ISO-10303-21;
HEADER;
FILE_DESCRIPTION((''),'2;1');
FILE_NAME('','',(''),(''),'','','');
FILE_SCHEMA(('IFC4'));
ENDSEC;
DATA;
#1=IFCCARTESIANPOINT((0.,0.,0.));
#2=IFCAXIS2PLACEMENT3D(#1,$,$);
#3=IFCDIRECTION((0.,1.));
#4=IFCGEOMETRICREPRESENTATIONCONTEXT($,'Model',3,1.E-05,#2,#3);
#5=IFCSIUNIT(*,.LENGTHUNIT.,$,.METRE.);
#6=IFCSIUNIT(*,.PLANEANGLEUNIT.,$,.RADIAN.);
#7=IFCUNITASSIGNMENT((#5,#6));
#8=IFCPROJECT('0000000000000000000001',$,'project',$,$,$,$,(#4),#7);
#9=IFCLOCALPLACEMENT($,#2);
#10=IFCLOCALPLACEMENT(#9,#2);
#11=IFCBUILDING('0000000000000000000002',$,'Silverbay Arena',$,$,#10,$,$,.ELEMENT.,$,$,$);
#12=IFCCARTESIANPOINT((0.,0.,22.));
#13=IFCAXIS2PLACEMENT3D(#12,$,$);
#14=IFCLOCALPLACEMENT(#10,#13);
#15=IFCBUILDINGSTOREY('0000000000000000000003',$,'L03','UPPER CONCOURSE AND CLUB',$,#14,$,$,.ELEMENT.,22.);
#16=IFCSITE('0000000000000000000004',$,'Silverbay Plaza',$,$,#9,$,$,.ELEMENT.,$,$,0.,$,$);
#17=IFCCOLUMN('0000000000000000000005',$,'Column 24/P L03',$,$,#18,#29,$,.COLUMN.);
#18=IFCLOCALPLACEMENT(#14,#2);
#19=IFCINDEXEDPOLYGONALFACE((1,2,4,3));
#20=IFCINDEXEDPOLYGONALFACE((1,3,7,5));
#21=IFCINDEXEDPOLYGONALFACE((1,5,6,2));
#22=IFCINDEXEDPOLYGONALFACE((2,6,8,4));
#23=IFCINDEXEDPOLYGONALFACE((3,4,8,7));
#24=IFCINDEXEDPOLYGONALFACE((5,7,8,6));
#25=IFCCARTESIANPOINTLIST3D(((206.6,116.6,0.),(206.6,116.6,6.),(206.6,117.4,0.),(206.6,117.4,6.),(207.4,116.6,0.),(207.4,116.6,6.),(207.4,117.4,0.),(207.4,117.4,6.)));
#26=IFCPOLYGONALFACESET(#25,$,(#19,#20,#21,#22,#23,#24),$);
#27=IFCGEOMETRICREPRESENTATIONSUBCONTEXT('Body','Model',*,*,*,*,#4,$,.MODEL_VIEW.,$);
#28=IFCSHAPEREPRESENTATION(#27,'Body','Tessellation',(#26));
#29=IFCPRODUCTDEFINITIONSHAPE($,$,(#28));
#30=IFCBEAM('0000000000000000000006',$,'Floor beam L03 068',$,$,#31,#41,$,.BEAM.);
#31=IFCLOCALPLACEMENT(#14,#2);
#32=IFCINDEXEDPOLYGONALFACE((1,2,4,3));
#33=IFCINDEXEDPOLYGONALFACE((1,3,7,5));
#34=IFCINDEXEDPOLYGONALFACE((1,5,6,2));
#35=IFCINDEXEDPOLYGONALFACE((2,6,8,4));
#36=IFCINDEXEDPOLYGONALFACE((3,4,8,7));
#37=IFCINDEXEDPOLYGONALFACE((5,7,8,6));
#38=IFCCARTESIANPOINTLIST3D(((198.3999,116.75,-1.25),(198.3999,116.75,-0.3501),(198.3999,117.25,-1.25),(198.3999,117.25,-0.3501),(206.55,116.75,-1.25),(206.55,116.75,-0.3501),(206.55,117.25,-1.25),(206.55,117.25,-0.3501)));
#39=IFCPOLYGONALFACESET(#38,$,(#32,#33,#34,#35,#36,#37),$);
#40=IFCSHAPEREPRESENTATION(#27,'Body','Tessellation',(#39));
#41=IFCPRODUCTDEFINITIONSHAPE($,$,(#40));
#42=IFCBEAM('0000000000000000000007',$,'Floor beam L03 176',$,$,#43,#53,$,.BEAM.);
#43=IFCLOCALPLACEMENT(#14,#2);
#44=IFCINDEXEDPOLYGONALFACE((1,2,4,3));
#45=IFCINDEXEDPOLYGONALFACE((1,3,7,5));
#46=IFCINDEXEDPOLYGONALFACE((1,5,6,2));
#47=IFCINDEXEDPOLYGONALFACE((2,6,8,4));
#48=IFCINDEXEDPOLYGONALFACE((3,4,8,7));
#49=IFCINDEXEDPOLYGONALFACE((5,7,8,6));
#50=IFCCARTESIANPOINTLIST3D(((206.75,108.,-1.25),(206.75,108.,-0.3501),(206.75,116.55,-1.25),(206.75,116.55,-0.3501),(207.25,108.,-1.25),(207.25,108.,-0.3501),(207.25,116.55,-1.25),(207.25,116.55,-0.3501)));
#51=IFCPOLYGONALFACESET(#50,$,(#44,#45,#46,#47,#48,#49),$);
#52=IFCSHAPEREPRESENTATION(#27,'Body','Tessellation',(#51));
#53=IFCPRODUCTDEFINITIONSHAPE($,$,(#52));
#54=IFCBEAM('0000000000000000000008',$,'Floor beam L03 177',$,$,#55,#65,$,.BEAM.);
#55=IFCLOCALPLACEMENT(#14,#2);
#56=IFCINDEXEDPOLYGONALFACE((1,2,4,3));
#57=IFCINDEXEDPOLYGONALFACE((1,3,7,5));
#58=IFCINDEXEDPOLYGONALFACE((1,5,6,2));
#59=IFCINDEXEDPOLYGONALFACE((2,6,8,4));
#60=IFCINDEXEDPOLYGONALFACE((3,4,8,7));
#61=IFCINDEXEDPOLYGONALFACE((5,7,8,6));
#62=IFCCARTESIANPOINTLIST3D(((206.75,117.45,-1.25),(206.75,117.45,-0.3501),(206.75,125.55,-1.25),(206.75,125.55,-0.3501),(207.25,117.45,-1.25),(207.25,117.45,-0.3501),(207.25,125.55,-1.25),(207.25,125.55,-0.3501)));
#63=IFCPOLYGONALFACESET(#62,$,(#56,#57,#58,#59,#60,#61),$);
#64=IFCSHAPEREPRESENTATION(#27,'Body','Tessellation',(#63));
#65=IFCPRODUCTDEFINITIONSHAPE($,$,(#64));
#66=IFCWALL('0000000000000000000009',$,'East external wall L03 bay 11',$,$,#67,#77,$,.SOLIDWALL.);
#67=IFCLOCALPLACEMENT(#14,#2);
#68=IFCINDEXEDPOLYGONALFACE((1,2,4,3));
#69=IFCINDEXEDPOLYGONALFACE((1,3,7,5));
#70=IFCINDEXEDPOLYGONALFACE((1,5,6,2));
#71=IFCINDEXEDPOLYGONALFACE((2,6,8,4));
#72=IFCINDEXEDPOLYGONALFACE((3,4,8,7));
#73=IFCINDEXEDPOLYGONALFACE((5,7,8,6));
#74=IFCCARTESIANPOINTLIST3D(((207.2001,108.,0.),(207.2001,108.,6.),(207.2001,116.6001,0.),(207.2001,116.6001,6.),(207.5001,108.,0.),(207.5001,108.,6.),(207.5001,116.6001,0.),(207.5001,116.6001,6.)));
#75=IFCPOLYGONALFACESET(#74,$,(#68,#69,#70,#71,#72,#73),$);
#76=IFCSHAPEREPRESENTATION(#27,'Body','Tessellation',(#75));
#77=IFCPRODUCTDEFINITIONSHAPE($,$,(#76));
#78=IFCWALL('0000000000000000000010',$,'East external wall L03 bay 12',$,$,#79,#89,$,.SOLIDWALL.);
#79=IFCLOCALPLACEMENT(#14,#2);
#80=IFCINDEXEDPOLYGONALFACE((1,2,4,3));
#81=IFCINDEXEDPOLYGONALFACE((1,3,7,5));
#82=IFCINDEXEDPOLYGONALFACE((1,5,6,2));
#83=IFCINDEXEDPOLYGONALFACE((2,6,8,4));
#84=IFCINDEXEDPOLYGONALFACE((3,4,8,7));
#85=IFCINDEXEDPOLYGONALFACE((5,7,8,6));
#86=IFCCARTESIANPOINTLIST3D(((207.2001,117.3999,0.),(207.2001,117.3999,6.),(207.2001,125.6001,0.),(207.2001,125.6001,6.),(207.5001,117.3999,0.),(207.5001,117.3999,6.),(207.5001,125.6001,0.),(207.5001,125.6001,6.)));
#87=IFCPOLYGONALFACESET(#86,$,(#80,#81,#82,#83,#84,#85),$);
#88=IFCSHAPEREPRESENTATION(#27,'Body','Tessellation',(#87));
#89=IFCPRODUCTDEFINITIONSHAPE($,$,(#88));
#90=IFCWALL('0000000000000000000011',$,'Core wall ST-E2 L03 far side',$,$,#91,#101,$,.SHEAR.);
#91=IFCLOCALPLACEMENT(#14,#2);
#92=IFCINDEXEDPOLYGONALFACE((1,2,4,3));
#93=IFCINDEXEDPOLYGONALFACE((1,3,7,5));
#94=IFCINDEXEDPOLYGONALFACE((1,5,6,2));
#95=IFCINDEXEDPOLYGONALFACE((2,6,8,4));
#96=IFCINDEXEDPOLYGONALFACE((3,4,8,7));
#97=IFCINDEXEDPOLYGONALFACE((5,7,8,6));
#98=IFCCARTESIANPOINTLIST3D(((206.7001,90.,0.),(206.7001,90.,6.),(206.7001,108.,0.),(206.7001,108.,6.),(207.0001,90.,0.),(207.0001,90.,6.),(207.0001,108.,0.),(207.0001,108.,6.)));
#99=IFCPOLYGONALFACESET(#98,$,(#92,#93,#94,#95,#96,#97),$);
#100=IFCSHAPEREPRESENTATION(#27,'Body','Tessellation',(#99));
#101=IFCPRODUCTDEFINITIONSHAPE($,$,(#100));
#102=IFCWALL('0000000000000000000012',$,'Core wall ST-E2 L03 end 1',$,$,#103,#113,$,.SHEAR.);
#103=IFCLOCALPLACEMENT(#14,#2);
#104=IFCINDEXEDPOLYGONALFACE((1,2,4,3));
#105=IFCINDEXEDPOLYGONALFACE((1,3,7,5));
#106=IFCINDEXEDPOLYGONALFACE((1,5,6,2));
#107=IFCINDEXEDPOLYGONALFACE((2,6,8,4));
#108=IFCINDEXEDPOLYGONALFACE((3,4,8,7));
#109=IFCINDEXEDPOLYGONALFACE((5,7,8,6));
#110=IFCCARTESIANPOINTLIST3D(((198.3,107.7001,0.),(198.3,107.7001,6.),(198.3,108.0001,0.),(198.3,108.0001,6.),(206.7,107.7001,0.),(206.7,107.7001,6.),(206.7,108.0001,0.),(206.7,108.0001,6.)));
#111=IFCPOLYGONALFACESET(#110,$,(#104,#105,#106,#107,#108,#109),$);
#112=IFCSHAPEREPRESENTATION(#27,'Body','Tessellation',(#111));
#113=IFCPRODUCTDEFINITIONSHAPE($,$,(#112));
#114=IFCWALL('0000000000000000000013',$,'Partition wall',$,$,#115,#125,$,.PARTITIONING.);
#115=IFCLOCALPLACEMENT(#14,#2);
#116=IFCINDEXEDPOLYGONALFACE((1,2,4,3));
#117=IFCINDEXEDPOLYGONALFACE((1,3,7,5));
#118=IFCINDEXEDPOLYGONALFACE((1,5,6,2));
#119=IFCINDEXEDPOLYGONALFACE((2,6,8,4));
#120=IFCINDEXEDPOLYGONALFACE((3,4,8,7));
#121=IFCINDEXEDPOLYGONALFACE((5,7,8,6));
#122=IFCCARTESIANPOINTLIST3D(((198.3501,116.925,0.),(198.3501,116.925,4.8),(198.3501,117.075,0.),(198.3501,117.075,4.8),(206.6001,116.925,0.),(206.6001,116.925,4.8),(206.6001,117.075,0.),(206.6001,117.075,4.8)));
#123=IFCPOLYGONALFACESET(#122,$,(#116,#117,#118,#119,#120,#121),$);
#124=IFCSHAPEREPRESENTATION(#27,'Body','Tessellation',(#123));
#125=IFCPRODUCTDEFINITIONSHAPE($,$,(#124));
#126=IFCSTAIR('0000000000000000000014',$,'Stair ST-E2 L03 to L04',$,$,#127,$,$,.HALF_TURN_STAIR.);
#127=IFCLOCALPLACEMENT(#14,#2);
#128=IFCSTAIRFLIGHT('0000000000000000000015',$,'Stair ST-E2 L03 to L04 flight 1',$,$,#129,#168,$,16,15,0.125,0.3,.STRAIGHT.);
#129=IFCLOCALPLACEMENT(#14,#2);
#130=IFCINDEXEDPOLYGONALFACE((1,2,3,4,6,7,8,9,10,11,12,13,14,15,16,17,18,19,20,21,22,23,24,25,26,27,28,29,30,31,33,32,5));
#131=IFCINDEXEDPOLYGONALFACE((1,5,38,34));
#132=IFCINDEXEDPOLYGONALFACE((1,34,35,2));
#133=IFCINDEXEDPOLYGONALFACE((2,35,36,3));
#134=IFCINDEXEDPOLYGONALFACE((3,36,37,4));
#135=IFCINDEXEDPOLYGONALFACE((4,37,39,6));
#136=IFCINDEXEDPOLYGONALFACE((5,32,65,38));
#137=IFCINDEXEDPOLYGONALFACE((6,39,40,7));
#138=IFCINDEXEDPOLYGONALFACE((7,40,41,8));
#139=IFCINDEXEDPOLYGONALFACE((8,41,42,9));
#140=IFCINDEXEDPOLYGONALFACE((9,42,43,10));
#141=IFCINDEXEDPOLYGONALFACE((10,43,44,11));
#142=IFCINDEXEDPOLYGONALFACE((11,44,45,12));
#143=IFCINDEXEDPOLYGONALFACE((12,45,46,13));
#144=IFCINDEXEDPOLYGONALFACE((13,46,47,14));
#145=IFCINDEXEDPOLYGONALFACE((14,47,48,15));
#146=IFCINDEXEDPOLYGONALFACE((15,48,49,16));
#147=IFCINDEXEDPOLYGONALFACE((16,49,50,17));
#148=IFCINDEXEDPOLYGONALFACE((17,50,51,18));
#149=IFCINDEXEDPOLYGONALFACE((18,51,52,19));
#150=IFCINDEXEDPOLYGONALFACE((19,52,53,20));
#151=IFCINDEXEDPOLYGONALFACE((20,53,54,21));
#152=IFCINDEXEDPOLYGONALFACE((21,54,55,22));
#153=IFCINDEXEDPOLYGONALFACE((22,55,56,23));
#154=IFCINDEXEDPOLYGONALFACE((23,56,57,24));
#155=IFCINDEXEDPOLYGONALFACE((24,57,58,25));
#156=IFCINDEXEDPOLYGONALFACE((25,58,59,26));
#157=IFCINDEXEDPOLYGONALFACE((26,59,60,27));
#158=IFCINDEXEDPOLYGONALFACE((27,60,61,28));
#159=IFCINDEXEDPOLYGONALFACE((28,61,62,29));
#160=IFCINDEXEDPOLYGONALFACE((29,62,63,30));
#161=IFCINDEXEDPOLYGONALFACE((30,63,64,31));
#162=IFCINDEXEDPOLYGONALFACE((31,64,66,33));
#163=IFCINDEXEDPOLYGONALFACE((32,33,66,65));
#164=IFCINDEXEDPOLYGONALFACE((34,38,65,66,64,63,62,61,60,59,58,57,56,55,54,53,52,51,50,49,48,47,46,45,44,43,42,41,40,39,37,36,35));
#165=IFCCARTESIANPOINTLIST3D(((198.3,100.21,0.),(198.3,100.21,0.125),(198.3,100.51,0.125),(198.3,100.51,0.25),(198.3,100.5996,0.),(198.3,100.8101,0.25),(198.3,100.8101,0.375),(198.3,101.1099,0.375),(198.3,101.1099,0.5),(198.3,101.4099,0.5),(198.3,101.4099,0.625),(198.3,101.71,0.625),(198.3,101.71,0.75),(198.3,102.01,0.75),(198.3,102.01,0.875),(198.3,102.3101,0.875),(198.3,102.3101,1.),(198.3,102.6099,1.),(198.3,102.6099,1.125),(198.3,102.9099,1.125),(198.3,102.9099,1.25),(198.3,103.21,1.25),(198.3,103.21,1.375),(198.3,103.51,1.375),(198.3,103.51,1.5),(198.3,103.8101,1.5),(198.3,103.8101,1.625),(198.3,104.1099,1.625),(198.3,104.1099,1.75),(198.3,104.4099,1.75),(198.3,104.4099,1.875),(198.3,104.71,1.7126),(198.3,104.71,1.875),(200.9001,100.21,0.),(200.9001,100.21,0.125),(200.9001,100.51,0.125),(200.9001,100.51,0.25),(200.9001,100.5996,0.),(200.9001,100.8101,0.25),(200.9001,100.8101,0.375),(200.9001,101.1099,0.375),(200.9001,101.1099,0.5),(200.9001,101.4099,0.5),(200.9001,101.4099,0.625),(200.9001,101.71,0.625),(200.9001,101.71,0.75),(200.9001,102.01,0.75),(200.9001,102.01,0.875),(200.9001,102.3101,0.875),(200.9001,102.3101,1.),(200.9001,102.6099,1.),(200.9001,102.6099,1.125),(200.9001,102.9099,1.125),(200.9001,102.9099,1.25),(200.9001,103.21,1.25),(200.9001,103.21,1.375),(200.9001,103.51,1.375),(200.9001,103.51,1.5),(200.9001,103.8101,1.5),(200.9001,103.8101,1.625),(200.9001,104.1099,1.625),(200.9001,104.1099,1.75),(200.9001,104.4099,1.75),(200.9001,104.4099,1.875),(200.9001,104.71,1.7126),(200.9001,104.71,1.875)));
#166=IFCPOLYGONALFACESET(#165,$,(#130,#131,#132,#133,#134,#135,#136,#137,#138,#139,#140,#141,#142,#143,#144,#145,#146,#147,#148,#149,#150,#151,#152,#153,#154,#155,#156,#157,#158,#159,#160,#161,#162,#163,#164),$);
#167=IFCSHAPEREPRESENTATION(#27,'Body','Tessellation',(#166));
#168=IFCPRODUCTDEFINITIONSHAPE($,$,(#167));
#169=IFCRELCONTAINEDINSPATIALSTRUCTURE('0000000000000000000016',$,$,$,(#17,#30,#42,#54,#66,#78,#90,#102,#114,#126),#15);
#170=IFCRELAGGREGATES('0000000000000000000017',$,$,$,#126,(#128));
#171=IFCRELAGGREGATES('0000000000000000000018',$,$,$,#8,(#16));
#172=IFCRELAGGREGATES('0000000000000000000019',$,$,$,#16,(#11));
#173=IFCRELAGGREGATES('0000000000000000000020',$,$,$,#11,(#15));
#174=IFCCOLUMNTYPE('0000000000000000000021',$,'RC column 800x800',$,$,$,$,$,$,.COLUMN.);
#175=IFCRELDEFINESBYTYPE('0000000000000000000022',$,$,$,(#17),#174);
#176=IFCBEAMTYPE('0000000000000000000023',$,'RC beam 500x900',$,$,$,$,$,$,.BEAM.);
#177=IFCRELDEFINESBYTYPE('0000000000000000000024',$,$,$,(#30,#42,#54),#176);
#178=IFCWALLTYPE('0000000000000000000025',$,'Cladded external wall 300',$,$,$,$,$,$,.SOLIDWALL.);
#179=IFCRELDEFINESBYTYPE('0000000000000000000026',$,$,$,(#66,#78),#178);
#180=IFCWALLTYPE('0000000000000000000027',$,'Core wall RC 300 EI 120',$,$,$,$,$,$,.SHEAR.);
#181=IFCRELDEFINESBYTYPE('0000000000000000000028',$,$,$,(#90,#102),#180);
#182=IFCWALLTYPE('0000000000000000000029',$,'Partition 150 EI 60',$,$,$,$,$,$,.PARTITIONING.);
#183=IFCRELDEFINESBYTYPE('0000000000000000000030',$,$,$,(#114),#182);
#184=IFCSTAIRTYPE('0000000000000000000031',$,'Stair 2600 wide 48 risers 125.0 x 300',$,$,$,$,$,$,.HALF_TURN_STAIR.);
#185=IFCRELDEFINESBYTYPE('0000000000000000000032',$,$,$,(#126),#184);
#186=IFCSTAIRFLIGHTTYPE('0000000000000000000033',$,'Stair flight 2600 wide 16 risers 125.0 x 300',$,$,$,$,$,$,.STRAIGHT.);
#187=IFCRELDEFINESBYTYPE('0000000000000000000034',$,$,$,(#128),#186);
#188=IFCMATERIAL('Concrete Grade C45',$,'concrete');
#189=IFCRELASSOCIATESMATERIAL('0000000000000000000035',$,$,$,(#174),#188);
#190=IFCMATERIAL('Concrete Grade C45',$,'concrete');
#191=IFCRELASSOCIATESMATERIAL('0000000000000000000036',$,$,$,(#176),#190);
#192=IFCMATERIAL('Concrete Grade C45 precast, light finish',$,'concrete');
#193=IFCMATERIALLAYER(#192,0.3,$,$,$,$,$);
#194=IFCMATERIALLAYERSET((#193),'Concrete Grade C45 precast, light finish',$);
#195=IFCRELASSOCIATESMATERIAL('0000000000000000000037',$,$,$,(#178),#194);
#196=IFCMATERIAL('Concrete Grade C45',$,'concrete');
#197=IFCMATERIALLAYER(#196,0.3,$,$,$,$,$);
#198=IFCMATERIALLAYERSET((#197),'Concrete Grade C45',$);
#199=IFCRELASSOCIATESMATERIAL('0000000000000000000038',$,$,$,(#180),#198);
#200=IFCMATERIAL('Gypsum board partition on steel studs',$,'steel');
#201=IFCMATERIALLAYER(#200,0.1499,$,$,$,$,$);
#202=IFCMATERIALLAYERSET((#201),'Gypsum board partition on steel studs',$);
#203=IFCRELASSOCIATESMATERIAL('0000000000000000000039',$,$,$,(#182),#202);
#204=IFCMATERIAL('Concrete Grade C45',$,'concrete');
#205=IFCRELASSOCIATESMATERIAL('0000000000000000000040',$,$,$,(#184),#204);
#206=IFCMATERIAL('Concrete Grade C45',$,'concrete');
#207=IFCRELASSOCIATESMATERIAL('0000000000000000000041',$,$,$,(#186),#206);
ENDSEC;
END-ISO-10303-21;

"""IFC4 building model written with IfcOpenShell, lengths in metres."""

from ifc_helpers import new_model, si_unit, direction, frame, frame_2d, origin, origin_2d, place, context, subcontext, project, spatial, polyline, rectangle, outline, extrude, material, layer, layer_set, material_profile, profile_set, type_object, element, aggregate, save


model = new_model("IFC4")

# Units and contexts
model_context = context("Model", 3, precision=1e-05, world=origin(), true_north=direction((0.0, 1.0)))
body_context = subcontext(model_context, "Body", "Model", "MODEL_VIEW")
ifc_project = project(units=[si_unit("LENGTHUNIT", "METRE"), si_unit("PLANEANGLEUNIT", "RADIAN")], contexts=[model_context])

# Site, building, storey
site_placement = place(None, origin())
site = spatial("IfcSite", under=ifc_project, at=site_placement, Name="Silverbay Plaza", CompositionType="ELEMENT", RefElevation=0.0)
building_placement = place(site_placement, origin())
building = spatial("IfcBuilding", under=site, at=building_placement, Name="Silverbay Arena", CompositionType="ELEMENT")
storey_placement = place(building_placement, frame((0.0, 0.0, 22.0)))
storey = spatial("IfcBuildingStorey", under=building, at=storey_placement, Name="L03", Description="UPPER CONCOURSE AND CLUB", CompositionType="ELEMENT", Elevation=22.0)

# Column
ifc_material_1 = material(Name="Concrete Grade C45", Category="concrete")
ifc_material_profile_1 = material_profile(ifc_material_1, rectangle(XDim=0.8, YDim=0.8, at=origin_2d()), Name="RC 800x800")
ifc_profile_set_1 = profile_set([ifc_material_profile_1], Name="Concrete Grade C45")
column_type = type_object("IfcColumnType", Name="RC column 800x800", PredefinedType="COLUMN", material=ifc_profile_set_1)
column_placement = place(storey_placement, frame((207.0, 117.0, 0.0), z_axis=(0.0, 0.0, 1.0), x_axis=(1.0, 0.0, 0.0)))
element("IfcColumn", 1, at=column_placement, inside=storey, type_object=column_type, Name="Column 24/P L03", PredefinedType="COLUMN", context=body_context, shape_type="SweptSolid", body=[
    extrude(rectangle(XDim=0.8, YDim=0.8, at=origin_2d()), origin(), (0.0, 0.0, 1.0), 6.0),
])

# Beams
ifc_material_2 = material(Name="Concrete Grade C45", Category="concrete")
ifc_material_profile_2 = material_profile(ifc_material_2, rectangle(XDim=0.5, YDim=0.8999, at=origin_2d()), Name="RC 500x900")
ifc_profile_set_2 = profile_set([ifc_material_profile_2], Name="Concrete Grade C45")
beam_type = type_object("IfcBeamType", Name="RC beam 500x900", PredefinedType="BEAM", material=ifc_profile_set_2)
beam_1_placement = place(storey_placement, frame((198.3999, 117.0, -0.8), z_axis=(1.0, 0.0, 0.0), x_axis=(0.0, 1.0, 0.0)))
element("IfcBeam", 2, at=beam_1_placement, inside=storey, type_object=beam_type, Name="Floor beam L03 068", PredefinedType="BEAM", context=body_context, shape_type="SweptSolid", body=[
    extrude(rectangle(XDim=0.5, YDim=0.8999, at=origin_2d()), origin(), (0.0, 0.0, 1.0), 8.1501),
])
beam_2_placement = place(storey_placement, frame((207.0, 108.0, -0.8), z_axis=(0.0, 1.0, 0.0), x_axis=(-1.0, 0.0, 0.0)))
element("IfcBeam", 3, at=beam_2_placement, inside=storey, type_object=beam_type, Name="Floor beam L03 176", PredefinedType="BEAM", context=body_context, shape_type="SweptSolid", body=[
    extrude(rectangle(XDim=0.5, YDim=0.8999, at=origin_2d()), origin(), (0.0, 0.0, 1.0), 8.55),
])
beam_3_placement = place(storey_placement, frame((207.0, 117.45, -0.8), z_axis=(0.0, 1.0, 0.0), x_axis=(-1.0, 0.0, 0.0)))
element("IfcBeam", 4, at=beam_3_placement, inside=storey, type_object=beam_type, Name="Floor beam L03 177", PredefinedType="BEAM", context=body_context, shape_type="SweptSolid", body=[
    extrude(rectangle(XDim=0.5, YDim=0.8999, at=origin_2d()), origin(), (0.0, 0.0, 1.0), 8.1001),
])

# Walls
ifc_material_3 = material(Name="Concrete Grade C45 precast, light finish", Category="concrete")
ifc_layer_1 = layer(ifc_material_3, 0.3)
ifc_layer_set_1 = layer_set([ifc_layer_1], Name="Concrete Grade C45 precast, light finish")
wall_type_1 = type_object("IfcWallType", Name="Cladded external wall 300", PredefinedType="SOLIDWALL", material=ifc_layer_set_1)
wall_1_placement = place(storey_placement, frame((207.3501, 108.0, 0.0), z_axis=(0.0, 0.0, 1.0), x_axis=(0.0, 1.0, 0.0)))
element("IfcWall", 5, at=wall_1_placement, inside=storey, type_object=wall_type_1, Name="East external wall L03 bay 11", PredefinedType="SOLIDWALL", context=body_context, shape_type="SweptSolid", body=[
    extrude(rectangle(XDim=8.6001, YDim=0.3, at=frame_2d((4.3, 0.0))), origin(), (0.0, 0.0, 1.0), 6.0),
])
wall_2_placement = place(storey_placement, frame((207.3501, 117.3999, 0.0), z_axis=(0.0, 0.0, 1.0), x_axis=(0.0, 1.0, 0.0)))
element("IfcWall", 6, at=wall_2_placement, inside=storey, type_object=wall_type_1, Name="East external wall L03 bay 12", PredefinedType="SOLIDWALL", context=body_context, shape_type="SweptSolid", body=[
    extrude(rectangle(XDim=8.2002, YDim=0.3, at=frame_2d((4.1001, 0.0))), origin(), (0.0, 0.0, 1.0), 6.0),
])
ifc_material_4 = material(Name="Concrete Grade C45", Category="concrete")
ifc_layer_2 = layer(ifc_material_4, 0.3)
ifc_layer_set_2 = layer_set([ifc_layer_2], Name="Concrete Grade C45")
wall_type_2 = type_object("IfcWallType", Name="Core wall RC 300 EI 120", PredefinedType="SHEAR", material=ifc_layer_set_2)
wall_3_placement = place(storey_placement, frame((206.8501, 108.0, 0.0), z_axis=(0.0, 0.0, 1.0), x_axis=(0.0, -1.0, 0.0)))
element("IfcWall", 7, at=wall_3_placement, inside=storey, type_object=wall_type_2, Name="Core wall ST-E2 L03 far side", PredefinedType="SHEAR", context=body_context, shape_type="SweptSolid", body=[
    extrude(rectangle(XDim=18.0, YDim=0.3, at=frame_2d((9.0, 0.0))), origin(), (0.0, 0.0, 1.0), 6.0),
])
wall_4_placement = place(storey_placement, frame((198.3, 107.8501, 0.0), z_axis=(0.0, 0.0, 1.0), x_axis=(1.0, 0.0, 0.0)))
element("IfcWall", 8, at=wall_4_placement, inside=storey, type_object=wall_type_2, Name="Core wall ST-E2 L03 end 1", PredefinedType="SHEAR", context=body_context, shape_type="SweptSolid", body=[
    extrude(rectangle(XDim=8.3999, YDim=0.3, at=frame_2d((4.2, 0.0))), origin(), (0.0, 0.0, 1.0), 6.0),
])
ifc_material_5 = material(Name="Gypsum board partition on steel studs", Category="steel")
ifc_layer_3 = layer(ifc_material_5, 0.1499)
ifc_layer_set_3 = layer_set([ifc_layer_3], Name="Gypsum board partition on steel studs")
wall_type_3 = type_object("IfcWallType", Name="Partition 150 EI 60", PredefinedType="PARTITIONING", material=ifc_layer_set_3)
wall_5_placement = place(storey_placement, frame((198.3501, 117.0, 0.0), z_axis=(0.0, 0.0, 1.0), x_axis=(1.0, 0.0, 0.0)))
element("IfcWall", 9, at=wall_5_placement, inside=storey, type_object=wall_type_3, Name="Partition wall", PredefinedType="PARTITIONING", context=body_context, shape_type="SweptSolid", body=[
    extrude(rectangle(XDim=8.25, YDim=0.1499, at=frame_2d((4.125, 0.0))), origin(), (0.0, 0.0, 1.0), 4.8),
])

# Stair, stair flight
ifc_material_6 = material(Name="Concrete Grade C45", Category="concrete")
stair_type = type_object("IfcStairType", Name="Stair 2600 wide 48 risers 125.0 x 300", PredefinedType="HALF_TURN_STAIR", material=ifc_material_6)
stair_placement = place(storey_placement, origin())
stair = element("IfcStair", 10, at=stair_placement, inside=storey, type_object=stair_type, Name="Stair ST-E2 L03 to L04", PredefinedType="HALF_TURN_STAIR")
ifc_material_7 = material(Name="Concrete Grade C45", Category="concrete")
stair_flight_type = type_object("IfcStairFlightType", Name="Stair flight 2600 wide 16 risers 125.0 x 300", PredefinedType="STRAIGHT", material=ifc_material_7)
stair_flight_1_placement = place(storey_placement, frame((199.6001, 100.21, 0.0), z_axis=(0.0, 0.0, 1.0), x_axis=(0.0, 1.0, 0.0)))
stair_flight_1 = element("IfcStairFlight", 11, at=stair_flight_1_placement, type_object=stair_flight_type, Name="Stair ST-E2 L03 to L04 flight 1", NumberOfRisers=16, NumberOfTreads=15, PredefinedType="STRAIGHT", RiserHeight=0.125, TreadLength=0.3, context=body_context, shape_type="SweptSolid", body=[
    extrude(outline(polyline([(0.0, 0.0), (0.0, 0.125), (0.3, 0.125), (0.3, 0.25), (0.6001, 0.25), (0.6001, 0.375), (0.8999, 0.375), (0.8999, 0.5), (1.2, 0.5), (1.2, 0.625), (1.5, 0.625), (1.5, 0.75), (1.8, 0.75), (1.8, 0.875), (2.1001, 0.875), (2.1001, 1.0), (2.3999, 1.0), (2.3999, 1.125), (2.7, 1.125), (2.7, 1.25), (3.0, 1.25), (3.0, 1.375), (3.3, 1.375), (3.3, 1.5), (3.6001, 1.5), (3.6001, 1.625), (3.8999, 1.625), (3.8999, 1.75), (4.2, 1.75), (4.2, 1.875), (4.5, 1.875), (4.5, 1.7126), (0.3896, 0.0), (0.0, 0.0)])), frame((0.0, 1.3, 0.0), z_axis=(0.0, -1.0, 0.0), x_axis=(1.0, 0.0, 0.0)), (0.0, 0.0, 1.0), 2.6001),
])
aggregate(stair, [stair_flight_1])

save(model, "model.ifc")
